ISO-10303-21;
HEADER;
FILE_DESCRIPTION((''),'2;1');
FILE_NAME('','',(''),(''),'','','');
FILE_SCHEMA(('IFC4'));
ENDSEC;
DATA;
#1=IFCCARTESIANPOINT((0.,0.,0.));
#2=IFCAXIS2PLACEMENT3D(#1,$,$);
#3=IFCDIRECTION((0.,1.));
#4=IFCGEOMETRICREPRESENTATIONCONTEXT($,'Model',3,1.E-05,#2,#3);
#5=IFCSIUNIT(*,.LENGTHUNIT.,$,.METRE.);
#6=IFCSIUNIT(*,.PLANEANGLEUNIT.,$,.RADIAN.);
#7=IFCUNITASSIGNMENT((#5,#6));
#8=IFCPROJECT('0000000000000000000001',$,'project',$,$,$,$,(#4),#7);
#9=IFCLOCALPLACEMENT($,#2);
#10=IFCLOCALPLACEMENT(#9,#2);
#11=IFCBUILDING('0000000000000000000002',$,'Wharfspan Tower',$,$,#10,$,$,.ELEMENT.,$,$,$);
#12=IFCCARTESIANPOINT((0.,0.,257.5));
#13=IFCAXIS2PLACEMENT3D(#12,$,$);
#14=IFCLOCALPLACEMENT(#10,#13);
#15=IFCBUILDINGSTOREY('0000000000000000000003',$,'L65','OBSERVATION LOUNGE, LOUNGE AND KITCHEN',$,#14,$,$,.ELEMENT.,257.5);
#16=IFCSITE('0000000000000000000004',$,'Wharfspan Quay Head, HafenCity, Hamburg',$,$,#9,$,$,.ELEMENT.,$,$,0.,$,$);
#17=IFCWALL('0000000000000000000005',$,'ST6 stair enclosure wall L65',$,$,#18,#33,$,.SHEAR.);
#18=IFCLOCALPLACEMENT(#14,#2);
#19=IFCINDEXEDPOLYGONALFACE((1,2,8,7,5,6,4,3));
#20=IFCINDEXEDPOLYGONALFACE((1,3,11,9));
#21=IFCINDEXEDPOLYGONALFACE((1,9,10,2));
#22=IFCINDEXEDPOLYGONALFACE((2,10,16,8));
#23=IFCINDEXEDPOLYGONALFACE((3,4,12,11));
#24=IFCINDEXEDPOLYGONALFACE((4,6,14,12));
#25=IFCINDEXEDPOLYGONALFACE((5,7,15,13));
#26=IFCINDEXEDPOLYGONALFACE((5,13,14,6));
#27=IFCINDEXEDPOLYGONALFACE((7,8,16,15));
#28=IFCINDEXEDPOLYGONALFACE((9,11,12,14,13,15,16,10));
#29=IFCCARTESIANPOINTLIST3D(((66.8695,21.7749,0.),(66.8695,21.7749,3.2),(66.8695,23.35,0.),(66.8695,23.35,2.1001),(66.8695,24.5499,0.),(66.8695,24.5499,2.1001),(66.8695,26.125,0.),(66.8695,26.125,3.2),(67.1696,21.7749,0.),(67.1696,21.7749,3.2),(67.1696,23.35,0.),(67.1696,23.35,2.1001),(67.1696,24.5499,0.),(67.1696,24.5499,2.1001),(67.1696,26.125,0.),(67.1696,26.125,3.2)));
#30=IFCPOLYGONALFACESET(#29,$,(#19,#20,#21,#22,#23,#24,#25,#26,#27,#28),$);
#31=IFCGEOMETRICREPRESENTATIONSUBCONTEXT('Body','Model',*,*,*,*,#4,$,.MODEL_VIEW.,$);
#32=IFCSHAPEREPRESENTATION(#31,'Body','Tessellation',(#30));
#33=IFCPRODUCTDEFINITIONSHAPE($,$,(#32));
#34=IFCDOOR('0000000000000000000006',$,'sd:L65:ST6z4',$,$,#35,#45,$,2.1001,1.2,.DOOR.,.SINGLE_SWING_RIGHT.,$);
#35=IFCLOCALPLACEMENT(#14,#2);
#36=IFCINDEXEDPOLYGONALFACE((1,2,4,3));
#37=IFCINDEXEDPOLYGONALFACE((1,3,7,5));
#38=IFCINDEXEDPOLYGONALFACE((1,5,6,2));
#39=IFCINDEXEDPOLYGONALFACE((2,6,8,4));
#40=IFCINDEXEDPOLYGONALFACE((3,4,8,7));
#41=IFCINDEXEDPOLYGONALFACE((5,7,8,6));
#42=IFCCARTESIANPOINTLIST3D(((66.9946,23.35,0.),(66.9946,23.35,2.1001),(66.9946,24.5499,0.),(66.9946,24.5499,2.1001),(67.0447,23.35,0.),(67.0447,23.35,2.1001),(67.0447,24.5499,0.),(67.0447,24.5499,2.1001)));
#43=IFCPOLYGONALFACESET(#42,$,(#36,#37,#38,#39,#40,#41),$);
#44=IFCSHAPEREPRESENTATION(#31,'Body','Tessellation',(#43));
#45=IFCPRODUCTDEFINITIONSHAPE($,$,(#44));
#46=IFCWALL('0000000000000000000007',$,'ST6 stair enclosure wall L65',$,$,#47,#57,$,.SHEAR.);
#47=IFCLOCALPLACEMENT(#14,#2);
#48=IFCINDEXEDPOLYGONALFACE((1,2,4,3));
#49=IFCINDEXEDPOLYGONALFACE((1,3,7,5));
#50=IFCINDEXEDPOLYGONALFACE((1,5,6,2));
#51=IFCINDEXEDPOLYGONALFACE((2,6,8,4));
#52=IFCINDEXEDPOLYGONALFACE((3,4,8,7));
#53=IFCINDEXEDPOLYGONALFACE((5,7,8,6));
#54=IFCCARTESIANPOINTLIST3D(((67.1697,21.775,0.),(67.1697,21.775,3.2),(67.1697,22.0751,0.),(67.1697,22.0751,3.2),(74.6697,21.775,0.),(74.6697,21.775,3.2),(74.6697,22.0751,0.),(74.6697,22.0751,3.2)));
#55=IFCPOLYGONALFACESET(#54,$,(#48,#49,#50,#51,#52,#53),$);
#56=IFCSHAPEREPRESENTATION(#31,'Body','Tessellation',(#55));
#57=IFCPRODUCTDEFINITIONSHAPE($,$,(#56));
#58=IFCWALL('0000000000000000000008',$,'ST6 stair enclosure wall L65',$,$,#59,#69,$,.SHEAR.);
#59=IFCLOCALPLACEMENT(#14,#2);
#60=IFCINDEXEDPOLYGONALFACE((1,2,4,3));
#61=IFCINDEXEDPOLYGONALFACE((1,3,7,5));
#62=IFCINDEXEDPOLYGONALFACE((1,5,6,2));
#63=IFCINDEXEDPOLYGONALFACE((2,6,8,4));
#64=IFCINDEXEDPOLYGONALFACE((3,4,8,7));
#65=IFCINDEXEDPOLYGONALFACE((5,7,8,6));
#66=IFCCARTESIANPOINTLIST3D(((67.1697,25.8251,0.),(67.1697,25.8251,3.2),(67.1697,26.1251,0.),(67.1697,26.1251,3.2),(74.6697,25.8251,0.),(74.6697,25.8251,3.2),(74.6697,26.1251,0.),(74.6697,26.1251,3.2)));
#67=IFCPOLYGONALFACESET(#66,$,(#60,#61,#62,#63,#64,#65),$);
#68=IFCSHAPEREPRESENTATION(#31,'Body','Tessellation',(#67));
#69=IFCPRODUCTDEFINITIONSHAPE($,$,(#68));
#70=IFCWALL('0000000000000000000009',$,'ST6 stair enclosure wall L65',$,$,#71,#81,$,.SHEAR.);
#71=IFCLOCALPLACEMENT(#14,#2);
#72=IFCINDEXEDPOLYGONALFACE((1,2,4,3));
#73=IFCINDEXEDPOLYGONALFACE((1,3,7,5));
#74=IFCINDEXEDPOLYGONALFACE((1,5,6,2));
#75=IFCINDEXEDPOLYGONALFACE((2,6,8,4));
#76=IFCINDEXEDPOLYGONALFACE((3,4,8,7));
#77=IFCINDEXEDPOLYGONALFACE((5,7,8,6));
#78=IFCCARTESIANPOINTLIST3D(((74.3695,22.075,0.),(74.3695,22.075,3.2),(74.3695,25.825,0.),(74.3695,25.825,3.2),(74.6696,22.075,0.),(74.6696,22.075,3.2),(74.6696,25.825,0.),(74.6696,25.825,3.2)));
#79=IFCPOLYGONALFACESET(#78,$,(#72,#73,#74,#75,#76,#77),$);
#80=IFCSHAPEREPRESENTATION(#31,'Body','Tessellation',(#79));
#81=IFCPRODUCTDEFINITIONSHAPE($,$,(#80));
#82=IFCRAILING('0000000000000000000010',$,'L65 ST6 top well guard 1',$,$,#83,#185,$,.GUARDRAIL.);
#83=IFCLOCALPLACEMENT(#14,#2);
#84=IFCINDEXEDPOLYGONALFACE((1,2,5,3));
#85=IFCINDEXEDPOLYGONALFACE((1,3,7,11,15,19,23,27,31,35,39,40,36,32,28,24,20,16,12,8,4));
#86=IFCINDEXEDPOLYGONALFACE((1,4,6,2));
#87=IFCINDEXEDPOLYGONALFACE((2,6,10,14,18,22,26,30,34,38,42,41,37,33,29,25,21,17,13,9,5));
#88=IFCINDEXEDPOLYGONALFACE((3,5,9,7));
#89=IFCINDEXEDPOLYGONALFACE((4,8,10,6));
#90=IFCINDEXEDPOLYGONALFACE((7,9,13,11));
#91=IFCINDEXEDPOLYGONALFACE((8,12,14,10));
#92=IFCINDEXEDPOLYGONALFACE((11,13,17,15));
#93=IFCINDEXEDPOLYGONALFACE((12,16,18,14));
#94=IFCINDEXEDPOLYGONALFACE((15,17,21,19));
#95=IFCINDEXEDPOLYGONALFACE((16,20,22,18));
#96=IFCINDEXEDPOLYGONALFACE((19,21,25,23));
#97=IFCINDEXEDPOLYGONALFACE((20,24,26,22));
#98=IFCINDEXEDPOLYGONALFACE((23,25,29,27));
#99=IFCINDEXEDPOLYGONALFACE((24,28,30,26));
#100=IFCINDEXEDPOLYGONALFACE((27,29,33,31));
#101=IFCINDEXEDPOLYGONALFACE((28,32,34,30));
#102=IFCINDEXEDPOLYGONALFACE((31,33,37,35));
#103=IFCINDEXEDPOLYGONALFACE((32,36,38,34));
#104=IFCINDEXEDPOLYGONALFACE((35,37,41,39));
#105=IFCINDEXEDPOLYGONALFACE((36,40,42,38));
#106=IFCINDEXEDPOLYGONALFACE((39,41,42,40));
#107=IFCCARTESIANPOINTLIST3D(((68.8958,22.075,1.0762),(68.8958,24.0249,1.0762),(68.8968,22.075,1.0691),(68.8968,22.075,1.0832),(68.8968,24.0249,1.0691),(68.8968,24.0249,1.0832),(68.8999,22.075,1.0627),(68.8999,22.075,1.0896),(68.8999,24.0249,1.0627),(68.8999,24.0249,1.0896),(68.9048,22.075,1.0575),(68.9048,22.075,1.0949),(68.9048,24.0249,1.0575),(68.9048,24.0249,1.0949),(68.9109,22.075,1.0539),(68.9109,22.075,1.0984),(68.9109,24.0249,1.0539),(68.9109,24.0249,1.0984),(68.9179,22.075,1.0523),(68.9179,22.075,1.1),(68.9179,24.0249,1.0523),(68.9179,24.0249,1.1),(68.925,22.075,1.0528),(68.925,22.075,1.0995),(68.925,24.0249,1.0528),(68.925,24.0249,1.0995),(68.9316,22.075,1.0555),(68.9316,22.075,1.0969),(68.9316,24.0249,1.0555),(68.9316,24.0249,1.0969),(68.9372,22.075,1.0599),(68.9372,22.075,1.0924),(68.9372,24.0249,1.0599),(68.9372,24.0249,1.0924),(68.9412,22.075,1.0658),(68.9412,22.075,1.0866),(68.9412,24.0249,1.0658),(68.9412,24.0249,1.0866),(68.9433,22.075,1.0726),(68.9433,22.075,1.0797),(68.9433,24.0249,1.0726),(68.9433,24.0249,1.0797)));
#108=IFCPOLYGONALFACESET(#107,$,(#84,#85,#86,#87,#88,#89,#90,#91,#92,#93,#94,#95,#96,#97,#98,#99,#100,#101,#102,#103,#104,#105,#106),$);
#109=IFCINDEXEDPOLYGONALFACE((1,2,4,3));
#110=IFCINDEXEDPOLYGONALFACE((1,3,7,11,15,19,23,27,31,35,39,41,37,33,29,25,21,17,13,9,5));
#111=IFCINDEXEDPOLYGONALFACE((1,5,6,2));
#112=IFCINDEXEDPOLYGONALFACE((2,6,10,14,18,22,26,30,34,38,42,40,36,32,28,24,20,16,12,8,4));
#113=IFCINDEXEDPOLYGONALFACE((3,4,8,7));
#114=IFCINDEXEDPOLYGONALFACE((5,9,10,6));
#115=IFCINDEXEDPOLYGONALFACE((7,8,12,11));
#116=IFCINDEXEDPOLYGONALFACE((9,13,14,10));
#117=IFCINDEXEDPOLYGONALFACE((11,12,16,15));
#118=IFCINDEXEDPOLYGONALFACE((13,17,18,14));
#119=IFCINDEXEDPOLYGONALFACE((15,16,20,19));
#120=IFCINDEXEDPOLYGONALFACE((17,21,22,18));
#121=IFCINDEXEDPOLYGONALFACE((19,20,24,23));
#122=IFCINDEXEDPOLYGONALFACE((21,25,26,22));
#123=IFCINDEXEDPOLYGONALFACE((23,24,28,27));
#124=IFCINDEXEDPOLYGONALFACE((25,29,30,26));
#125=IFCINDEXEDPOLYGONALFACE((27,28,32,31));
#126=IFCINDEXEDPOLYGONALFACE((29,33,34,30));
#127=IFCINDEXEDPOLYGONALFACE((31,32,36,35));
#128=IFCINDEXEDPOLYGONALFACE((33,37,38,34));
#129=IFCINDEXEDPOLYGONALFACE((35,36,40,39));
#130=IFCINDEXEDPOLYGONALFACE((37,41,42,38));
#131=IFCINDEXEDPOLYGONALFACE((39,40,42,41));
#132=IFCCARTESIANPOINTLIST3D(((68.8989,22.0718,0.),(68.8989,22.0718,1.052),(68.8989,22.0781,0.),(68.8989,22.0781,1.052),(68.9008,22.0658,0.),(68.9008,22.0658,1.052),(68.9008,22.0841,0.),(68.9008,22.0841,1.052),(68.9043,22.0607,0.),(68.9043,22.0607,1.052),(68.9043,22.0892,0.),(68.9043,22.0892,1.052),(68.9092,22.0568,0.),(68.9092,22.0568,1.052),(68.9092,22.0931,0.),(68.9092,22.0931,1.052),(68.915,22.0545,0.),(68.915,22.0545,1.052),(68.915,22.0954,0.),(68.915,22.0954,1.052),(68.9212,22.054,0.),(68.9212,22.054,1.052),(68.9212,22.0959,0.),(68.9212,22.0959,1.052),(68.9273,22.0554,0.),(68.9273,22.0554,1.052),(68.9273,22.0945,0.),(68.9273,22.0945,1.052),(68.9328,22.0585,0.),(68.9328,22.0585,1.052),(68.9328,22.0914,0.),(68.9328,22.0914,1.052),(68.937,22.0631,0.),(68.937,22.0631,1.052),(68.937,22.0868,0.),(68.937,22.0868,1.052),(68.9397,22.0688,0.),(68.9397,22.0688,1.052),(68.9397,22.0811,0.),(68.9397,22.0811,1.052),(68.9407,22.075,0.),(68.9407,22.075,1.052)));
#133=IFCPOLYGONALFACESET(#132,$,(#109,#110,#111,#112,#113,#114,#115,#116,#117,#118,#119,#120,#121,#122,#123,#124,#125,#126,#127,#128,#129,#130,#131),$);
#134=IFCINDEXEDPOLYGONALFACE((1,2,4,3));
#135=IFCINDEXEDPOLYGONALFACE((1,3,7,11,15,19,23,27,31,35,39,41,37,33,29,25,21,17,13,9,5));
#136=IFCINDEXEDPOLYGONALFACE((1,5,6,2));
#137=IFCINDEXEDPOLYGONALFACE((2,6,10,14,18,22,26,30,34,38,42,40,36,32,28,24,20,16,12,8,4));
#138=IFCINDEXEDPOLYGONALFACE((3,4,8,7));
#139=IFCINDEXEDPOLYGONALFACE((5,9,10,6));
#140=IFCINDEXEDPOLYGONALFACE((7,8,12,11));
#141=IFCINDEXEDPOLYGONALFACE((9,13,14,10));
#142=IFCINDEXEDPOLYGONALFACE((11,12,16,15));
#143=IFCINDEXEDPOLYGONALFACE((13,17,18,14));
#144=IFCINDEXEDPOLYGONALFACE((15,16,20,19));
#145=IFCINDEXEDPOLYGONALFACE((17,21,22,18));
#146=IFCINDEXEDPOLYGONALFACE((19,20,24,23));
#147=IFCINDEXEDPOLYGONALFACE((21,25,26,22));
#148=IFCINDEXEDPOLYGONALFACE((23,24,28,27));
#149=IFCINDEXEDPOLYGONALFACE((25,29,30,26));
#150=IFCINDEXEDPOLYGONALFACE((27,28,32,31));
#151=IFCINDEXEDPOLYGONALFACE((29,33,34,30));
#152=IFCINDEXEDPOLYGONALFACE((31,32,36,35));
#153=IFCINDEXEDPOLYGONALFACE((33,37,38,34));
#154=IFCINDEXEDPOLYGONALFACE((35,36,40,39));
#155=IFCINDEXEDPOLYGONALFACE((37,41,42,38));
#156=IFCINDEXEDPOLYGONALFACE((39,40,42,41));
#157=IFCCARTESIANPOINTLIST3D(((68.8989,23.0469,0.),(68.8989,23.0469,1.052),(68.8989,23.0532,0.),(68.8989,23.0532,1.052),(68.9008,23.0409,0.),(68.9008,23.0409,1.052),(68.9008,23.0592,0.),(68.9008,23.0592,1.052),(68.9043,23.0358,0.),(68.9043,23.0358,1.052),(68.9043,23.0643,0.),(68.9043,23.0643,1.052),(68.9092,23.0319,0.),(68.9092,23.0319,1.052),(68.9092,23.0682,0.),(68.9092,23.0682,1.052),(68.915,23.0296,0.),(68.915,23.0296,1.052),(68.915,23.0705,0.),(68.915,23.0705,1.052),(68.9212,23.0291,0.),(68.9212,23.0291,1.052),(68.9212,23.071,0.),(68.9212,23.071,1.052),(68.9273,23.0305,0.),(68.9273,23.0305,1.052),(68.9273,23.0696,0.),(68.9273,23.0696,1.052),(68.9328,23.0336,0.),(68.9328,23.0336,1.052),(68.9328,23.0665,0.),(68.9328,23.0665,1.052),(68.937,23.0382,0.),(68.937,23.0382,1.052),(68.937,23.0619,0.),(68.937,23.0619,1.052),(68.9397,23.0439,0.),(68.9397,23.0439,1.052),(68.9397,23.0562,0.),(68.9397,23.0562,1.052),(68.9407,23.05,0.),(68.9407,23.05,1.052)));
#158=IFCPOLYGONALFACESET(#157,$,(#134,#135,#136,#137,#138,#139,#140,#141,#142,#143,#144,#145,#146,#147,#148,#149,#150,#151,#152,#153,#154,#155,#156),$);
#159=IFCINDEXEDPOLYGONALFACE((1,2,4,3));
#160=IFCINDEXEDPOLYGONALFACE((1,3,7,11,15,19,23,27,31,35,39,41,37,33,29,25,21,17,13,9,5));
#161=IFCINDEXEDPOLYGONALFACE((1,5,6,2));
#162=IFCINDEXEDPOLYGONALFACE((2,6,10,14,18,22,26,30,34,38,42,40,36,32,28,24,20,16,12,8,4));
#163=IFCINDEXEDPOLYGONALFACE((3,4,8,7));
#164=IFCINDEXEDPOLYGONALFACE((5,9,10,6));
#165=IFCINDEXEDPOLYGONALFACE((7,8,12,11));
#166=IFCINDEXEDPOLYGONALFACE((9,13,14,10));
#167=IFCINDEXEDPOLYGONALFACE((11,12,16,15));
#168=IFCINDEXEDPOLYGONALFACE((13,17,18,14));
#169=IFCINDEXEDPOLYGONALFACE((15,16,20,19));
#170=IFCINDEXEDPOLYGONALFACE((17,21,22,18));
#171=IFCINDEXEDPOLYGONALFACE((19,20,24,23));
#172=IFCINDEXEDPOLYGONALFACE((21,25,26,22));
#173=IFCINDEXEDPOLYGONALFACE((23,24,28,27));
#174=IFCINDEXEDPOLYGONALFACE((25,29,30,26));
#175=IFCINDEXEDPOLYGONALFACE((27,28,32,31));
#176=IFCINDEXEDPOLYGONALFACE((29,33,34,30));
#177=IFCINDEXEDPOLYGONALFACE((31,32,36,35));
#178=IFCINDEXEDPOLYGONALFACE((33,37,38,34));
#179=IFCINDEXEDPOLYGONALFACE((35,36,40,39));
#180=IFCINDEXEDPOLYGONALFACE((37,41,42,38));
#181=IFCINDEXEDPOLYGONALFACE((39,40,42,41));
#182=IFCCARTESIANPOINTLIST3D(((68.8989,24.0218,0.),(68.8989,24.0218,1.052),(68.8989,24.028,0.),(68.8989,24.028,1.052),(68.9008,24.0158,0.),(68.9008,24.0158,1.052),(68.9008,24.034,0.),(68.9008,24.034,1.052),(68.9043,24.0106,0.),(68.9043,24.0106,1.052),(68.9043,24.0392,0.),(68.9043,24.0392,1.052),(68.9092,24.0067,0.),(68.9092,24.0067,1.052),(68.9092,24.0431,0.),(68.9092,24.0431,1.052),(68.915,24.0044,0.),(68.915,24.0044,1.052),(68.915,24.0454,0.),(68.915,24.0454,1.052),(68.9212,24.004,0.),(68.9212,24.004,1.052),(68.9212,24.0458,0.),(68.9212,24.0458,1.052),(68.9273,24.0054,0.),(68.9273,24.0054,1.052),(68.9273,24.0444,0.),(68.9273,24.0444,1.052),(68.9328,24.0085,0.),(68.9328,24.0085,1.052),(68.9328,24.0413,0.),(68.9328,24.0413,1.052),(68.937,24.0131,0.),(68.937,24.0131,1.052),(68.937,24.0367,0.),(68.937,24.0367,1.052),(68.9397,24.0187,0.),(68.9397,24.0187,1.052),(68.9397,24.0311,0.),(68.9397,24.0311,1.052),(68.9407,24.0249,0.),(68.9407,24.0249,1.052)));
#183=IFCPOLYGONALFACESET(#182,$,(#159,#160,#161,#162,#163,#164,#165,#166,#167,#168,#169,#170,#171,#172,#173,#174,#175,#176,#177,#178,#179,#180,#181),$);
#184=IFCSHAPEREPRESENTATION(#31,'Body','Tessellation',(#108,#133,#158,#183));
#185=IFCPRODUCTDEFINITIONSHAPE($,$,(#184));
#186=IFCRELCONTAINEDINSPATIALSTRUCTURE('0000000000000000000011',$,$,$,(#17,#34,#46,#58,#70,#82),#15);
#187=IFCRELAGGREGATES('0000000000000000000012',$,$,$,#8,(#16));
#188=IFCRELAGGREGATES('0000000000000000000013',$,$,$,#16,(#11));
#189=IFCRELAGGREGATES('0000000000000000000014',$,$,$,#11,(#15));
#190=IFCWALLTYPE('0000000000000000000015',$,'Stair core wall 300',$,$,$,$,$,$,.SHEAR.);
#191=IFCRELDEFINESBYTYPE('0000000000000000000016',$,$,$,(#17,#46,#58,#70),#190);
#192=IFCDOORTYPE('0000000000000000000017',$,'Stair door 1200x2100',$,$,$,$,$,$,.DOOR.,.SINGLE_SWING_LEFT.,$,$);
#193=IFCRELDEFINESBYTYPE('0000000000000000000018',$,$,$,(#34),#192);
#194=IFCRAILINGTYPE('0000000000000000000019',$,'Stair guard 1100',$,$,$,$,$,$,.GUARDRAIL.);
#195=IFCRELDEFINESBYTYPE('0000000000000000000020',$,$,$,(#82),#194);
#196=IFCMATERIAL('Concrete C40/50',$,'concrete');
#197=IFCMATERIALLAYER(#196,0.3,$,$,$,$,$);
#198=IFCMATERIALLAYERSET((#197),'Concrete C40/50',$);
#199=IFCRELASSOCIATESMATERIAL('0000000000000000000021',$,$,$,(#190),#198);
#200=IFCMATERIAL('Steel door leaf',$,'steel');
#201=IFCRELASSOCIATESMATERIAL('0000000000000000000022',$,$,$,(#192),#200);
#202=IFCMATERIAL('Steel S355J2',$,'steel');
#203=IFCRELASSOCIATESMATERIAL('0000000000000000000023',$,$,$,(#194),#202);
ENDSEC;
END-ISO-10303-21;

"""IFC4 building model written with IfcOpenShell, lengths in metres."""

from ifc_helpers import new_model, si_unit, direction, frame, frame_2d, origin, origin_2d, place, context, subcontext, project, spatial, rectangle, circle, extrude, material, layer, layer_set, type_object, element, fill, save


model = new_model("IFC4")

# Units and contexts
model_context = context("Model", 3, precision=1e-05, world=origin(), true_north=direction((0.0, 1.0)))
body_context = subcontext(model_context, "Body", "Model", "MODEL_VIEW")
ifc_project = project(units=[si_unit("LENGTHUNIT", "METRE"), si_unit("PLANEANGLEUNIT", "RADIAN")], contexts=[model_context])

# Site, building, storey
site_placement = place(None, origin())
site = spatial("IfcSite", under=ifc_project, at=site_placement, Name="Wharfspan Quay Head, HafenCity, Hamburg", CompositionType="ELEMENT", RefElevation=0.0)
building_placement = place(site_placement, origin())
building = spatial("IfcBuilding", under=site, at=building_placement, Name="Wharfspan Tower", CompositionType="ELEMENT")
storey_placement = place(building_placement, frame((0.0, 0.0, 257.5)))
storey = spatial("IfcBuildingStorey", under=building, at=storey_placement, Name="L65", Description="OBSERVATION LOUNGE, LOUNGE AND KITCHEN", CompositionType="ELEMENT", Elevation=257.5)

# Shared definitions
ifc_material_1 = material(Name="Steel S355J2", Category="steel")

# Shared definitions
ifc_material_2 = material(Name="Concrete C40/50", Category="concrete")

# Wall, opening, door
ifc_layer_1 = layer(ifc_material_2, 0.3)
ifc_layer_set_1 = layer_set([ifc_layer_1], Name="Concrete C40/50")
wall_type_1 = type_object("IfcWallType", Name="Stair core wall 300", PredefinedType="SHEAR", material=ifc_layer_set_1)
wall_1_placement = place(storey_placement, frame((67.0195, 21.7749, 0.0), z_axis=(0.0, 0.0, 1.0), x_axis=(0.0, 1.0, 0.0)))
wall_1 = element("IfcWall", 1, at=wall_1_placement, inside=storey, type_object=wall_type_1, Name="ST6 stair enclosure wall L65", PredefinedType="SHEAR", context=body_context, shape_type="SweptSolid", body=[
    extrude(rectangle(XDim=4.3501, YDim=0.3, at=frame_2d((2.175, 0.0))), origin(), (0.0, 0.0, 1.0), 3.2),
])
opening_1_placement = place(wall_1_placement, frame((1.575, 0.0, 0.0)))
opening_1 = element("IfcOpeningElement", 2, at=opening_1_placement, cuts=wall_1, PredefinedType="OPENING", context=body_context, shape_type="SweptSolid", body=[
    extrude(rectangle(XDim=1.2, YDim=2.1001, at=frame_2d((0.6001, 1.05))), frame((0.0, 0.1599, 0.0), z_axis=(0.0, -1.0, 0.0), x_axis=(1.0, 0.0, 0.0)), (0.0, 0.0, 1.0), 0.3201),
])
ifc_material_3 = material(Name="Steel door leaf", Category="steel")
door_type_1 = type_object("IfcDoorType", Name="Stair door 1200x2100", OperationType="SINGLE_SWING_LEFT", PredefinedType="DOOR", material=ifc_material_3)
door_1_placement = place(opening_1_placement, origin())
door_1 = element("IfcDoor", 3, at=door_1_placement, inside=storey, type_object=door_type_1, Name="sd:L65:ST6z4", OperationType="SINGLE_SWING_RIGHT", OverallHeight=2.1001, OverallWidth=1.2, PredefinedType="DOOR", context=body_context, shape_type="SweptSolid", body=[
    extrude(rectangle(XDim=1.2, YDim=2.1001, at=frame_2d((0.6001, 1.05))), frame((0.0, 0.0249, 0.0), z_axis=(0.0, -1.0, 0.0), x_axis=(1.0, 0.0, 0.0)), (0.0, 0.0, 1.0), 0.05),
])
fill(opening_1, door_1)

# Walls
for number, where, z_axis, x_axis, name in (
    (4, (67.1697, 21.925, 0.0), (0.0, 0.0, 1.0), (1.0, 0.0, 0.0), "ST6 stair enclosure wall L65"),
    (5, (67.1697, 25.9751, 0.0), (0.0, 0.0, 1.0), (1.0, 0.0, 0.0), "ST6 stair enclosure wall L65"),
):
    element("IfcWall", number, at=place(storey_placement, frame(where, z_axis=z_axis, x_axis=x_axis)), inside=storey, type_object=wall_type_1, Name=name, PredefinedType="SHEAR", context=body_context, shape_type="SweptSolid", body=[
        extrude(rectangle(XDim=7.5, YDim=0.3, at=frame_2d((3.75, 0.0))), origin(), (0.0, 0.0, 1.0), 3.2),
    ])
wall_2_placement = place(storey_placement, frame((74.5195, 22.075, 0.0), z_axis=(0.0, 0.0, 1.0), x_axis=(0.0, 1.0, 0.0)))
element("IfcWall", 6, at=wall_2_placement, inside=storey, type_object=wall_type_1, Name="ST6 stair enclosure wall L65", PredefinedType="SHEAR", context=body_context, shape_type="SweptSolid", body=[
    extrude(rectangle(XDim=3.75, YDim=0.3, at=frame_2d((1.875, 0.0))), origin(), (0.0, 0.0, 1.0), 3.2),
])

# Railing
railing_type = type_object("IfcRailingType", Name="Stair guard 1100", PredefinedType="GUARDRAIL", material=ifc_material_1)
railing_placement = place(storey_placement, frame((68.9197, 22.075, 0.0)))
element("IfcRailing", 7, at=railing_placement, inside=storey, type_object=railing_type, Name="L65 ST6 top well guard 1", PredefinedType="GUARDRAIL", context=body_context, shape_type="SweptSolid", body=[
    extrude(circle(Radius=0.0239, at=origin_2d()), frame((0.0, 0.0, 1.0762), z_axis=(0.0, 1.0, 0.0), x_axis=(-1.0, 0.0, 0.0)), (0.0, 0.0, 1.0), 1.95),
    extrude(circle(Radius=0.021, at=origin_2d()), origin(), (0.0, 0.0, 1.0), 1.052),
    extrude(circle(Radius=0.021, at=origin_2d()), frame((0.0, 0.9751, 0.0)), (0.0, 0.0, 1.0), 1.052),
    extrude(circle(Radius=0.021, at=origin_2d()), frame((0.0, 1.95, 0.0)), (0.0, 0.0, 1.0), 1.052),
])

save(model, "model.ifc")
